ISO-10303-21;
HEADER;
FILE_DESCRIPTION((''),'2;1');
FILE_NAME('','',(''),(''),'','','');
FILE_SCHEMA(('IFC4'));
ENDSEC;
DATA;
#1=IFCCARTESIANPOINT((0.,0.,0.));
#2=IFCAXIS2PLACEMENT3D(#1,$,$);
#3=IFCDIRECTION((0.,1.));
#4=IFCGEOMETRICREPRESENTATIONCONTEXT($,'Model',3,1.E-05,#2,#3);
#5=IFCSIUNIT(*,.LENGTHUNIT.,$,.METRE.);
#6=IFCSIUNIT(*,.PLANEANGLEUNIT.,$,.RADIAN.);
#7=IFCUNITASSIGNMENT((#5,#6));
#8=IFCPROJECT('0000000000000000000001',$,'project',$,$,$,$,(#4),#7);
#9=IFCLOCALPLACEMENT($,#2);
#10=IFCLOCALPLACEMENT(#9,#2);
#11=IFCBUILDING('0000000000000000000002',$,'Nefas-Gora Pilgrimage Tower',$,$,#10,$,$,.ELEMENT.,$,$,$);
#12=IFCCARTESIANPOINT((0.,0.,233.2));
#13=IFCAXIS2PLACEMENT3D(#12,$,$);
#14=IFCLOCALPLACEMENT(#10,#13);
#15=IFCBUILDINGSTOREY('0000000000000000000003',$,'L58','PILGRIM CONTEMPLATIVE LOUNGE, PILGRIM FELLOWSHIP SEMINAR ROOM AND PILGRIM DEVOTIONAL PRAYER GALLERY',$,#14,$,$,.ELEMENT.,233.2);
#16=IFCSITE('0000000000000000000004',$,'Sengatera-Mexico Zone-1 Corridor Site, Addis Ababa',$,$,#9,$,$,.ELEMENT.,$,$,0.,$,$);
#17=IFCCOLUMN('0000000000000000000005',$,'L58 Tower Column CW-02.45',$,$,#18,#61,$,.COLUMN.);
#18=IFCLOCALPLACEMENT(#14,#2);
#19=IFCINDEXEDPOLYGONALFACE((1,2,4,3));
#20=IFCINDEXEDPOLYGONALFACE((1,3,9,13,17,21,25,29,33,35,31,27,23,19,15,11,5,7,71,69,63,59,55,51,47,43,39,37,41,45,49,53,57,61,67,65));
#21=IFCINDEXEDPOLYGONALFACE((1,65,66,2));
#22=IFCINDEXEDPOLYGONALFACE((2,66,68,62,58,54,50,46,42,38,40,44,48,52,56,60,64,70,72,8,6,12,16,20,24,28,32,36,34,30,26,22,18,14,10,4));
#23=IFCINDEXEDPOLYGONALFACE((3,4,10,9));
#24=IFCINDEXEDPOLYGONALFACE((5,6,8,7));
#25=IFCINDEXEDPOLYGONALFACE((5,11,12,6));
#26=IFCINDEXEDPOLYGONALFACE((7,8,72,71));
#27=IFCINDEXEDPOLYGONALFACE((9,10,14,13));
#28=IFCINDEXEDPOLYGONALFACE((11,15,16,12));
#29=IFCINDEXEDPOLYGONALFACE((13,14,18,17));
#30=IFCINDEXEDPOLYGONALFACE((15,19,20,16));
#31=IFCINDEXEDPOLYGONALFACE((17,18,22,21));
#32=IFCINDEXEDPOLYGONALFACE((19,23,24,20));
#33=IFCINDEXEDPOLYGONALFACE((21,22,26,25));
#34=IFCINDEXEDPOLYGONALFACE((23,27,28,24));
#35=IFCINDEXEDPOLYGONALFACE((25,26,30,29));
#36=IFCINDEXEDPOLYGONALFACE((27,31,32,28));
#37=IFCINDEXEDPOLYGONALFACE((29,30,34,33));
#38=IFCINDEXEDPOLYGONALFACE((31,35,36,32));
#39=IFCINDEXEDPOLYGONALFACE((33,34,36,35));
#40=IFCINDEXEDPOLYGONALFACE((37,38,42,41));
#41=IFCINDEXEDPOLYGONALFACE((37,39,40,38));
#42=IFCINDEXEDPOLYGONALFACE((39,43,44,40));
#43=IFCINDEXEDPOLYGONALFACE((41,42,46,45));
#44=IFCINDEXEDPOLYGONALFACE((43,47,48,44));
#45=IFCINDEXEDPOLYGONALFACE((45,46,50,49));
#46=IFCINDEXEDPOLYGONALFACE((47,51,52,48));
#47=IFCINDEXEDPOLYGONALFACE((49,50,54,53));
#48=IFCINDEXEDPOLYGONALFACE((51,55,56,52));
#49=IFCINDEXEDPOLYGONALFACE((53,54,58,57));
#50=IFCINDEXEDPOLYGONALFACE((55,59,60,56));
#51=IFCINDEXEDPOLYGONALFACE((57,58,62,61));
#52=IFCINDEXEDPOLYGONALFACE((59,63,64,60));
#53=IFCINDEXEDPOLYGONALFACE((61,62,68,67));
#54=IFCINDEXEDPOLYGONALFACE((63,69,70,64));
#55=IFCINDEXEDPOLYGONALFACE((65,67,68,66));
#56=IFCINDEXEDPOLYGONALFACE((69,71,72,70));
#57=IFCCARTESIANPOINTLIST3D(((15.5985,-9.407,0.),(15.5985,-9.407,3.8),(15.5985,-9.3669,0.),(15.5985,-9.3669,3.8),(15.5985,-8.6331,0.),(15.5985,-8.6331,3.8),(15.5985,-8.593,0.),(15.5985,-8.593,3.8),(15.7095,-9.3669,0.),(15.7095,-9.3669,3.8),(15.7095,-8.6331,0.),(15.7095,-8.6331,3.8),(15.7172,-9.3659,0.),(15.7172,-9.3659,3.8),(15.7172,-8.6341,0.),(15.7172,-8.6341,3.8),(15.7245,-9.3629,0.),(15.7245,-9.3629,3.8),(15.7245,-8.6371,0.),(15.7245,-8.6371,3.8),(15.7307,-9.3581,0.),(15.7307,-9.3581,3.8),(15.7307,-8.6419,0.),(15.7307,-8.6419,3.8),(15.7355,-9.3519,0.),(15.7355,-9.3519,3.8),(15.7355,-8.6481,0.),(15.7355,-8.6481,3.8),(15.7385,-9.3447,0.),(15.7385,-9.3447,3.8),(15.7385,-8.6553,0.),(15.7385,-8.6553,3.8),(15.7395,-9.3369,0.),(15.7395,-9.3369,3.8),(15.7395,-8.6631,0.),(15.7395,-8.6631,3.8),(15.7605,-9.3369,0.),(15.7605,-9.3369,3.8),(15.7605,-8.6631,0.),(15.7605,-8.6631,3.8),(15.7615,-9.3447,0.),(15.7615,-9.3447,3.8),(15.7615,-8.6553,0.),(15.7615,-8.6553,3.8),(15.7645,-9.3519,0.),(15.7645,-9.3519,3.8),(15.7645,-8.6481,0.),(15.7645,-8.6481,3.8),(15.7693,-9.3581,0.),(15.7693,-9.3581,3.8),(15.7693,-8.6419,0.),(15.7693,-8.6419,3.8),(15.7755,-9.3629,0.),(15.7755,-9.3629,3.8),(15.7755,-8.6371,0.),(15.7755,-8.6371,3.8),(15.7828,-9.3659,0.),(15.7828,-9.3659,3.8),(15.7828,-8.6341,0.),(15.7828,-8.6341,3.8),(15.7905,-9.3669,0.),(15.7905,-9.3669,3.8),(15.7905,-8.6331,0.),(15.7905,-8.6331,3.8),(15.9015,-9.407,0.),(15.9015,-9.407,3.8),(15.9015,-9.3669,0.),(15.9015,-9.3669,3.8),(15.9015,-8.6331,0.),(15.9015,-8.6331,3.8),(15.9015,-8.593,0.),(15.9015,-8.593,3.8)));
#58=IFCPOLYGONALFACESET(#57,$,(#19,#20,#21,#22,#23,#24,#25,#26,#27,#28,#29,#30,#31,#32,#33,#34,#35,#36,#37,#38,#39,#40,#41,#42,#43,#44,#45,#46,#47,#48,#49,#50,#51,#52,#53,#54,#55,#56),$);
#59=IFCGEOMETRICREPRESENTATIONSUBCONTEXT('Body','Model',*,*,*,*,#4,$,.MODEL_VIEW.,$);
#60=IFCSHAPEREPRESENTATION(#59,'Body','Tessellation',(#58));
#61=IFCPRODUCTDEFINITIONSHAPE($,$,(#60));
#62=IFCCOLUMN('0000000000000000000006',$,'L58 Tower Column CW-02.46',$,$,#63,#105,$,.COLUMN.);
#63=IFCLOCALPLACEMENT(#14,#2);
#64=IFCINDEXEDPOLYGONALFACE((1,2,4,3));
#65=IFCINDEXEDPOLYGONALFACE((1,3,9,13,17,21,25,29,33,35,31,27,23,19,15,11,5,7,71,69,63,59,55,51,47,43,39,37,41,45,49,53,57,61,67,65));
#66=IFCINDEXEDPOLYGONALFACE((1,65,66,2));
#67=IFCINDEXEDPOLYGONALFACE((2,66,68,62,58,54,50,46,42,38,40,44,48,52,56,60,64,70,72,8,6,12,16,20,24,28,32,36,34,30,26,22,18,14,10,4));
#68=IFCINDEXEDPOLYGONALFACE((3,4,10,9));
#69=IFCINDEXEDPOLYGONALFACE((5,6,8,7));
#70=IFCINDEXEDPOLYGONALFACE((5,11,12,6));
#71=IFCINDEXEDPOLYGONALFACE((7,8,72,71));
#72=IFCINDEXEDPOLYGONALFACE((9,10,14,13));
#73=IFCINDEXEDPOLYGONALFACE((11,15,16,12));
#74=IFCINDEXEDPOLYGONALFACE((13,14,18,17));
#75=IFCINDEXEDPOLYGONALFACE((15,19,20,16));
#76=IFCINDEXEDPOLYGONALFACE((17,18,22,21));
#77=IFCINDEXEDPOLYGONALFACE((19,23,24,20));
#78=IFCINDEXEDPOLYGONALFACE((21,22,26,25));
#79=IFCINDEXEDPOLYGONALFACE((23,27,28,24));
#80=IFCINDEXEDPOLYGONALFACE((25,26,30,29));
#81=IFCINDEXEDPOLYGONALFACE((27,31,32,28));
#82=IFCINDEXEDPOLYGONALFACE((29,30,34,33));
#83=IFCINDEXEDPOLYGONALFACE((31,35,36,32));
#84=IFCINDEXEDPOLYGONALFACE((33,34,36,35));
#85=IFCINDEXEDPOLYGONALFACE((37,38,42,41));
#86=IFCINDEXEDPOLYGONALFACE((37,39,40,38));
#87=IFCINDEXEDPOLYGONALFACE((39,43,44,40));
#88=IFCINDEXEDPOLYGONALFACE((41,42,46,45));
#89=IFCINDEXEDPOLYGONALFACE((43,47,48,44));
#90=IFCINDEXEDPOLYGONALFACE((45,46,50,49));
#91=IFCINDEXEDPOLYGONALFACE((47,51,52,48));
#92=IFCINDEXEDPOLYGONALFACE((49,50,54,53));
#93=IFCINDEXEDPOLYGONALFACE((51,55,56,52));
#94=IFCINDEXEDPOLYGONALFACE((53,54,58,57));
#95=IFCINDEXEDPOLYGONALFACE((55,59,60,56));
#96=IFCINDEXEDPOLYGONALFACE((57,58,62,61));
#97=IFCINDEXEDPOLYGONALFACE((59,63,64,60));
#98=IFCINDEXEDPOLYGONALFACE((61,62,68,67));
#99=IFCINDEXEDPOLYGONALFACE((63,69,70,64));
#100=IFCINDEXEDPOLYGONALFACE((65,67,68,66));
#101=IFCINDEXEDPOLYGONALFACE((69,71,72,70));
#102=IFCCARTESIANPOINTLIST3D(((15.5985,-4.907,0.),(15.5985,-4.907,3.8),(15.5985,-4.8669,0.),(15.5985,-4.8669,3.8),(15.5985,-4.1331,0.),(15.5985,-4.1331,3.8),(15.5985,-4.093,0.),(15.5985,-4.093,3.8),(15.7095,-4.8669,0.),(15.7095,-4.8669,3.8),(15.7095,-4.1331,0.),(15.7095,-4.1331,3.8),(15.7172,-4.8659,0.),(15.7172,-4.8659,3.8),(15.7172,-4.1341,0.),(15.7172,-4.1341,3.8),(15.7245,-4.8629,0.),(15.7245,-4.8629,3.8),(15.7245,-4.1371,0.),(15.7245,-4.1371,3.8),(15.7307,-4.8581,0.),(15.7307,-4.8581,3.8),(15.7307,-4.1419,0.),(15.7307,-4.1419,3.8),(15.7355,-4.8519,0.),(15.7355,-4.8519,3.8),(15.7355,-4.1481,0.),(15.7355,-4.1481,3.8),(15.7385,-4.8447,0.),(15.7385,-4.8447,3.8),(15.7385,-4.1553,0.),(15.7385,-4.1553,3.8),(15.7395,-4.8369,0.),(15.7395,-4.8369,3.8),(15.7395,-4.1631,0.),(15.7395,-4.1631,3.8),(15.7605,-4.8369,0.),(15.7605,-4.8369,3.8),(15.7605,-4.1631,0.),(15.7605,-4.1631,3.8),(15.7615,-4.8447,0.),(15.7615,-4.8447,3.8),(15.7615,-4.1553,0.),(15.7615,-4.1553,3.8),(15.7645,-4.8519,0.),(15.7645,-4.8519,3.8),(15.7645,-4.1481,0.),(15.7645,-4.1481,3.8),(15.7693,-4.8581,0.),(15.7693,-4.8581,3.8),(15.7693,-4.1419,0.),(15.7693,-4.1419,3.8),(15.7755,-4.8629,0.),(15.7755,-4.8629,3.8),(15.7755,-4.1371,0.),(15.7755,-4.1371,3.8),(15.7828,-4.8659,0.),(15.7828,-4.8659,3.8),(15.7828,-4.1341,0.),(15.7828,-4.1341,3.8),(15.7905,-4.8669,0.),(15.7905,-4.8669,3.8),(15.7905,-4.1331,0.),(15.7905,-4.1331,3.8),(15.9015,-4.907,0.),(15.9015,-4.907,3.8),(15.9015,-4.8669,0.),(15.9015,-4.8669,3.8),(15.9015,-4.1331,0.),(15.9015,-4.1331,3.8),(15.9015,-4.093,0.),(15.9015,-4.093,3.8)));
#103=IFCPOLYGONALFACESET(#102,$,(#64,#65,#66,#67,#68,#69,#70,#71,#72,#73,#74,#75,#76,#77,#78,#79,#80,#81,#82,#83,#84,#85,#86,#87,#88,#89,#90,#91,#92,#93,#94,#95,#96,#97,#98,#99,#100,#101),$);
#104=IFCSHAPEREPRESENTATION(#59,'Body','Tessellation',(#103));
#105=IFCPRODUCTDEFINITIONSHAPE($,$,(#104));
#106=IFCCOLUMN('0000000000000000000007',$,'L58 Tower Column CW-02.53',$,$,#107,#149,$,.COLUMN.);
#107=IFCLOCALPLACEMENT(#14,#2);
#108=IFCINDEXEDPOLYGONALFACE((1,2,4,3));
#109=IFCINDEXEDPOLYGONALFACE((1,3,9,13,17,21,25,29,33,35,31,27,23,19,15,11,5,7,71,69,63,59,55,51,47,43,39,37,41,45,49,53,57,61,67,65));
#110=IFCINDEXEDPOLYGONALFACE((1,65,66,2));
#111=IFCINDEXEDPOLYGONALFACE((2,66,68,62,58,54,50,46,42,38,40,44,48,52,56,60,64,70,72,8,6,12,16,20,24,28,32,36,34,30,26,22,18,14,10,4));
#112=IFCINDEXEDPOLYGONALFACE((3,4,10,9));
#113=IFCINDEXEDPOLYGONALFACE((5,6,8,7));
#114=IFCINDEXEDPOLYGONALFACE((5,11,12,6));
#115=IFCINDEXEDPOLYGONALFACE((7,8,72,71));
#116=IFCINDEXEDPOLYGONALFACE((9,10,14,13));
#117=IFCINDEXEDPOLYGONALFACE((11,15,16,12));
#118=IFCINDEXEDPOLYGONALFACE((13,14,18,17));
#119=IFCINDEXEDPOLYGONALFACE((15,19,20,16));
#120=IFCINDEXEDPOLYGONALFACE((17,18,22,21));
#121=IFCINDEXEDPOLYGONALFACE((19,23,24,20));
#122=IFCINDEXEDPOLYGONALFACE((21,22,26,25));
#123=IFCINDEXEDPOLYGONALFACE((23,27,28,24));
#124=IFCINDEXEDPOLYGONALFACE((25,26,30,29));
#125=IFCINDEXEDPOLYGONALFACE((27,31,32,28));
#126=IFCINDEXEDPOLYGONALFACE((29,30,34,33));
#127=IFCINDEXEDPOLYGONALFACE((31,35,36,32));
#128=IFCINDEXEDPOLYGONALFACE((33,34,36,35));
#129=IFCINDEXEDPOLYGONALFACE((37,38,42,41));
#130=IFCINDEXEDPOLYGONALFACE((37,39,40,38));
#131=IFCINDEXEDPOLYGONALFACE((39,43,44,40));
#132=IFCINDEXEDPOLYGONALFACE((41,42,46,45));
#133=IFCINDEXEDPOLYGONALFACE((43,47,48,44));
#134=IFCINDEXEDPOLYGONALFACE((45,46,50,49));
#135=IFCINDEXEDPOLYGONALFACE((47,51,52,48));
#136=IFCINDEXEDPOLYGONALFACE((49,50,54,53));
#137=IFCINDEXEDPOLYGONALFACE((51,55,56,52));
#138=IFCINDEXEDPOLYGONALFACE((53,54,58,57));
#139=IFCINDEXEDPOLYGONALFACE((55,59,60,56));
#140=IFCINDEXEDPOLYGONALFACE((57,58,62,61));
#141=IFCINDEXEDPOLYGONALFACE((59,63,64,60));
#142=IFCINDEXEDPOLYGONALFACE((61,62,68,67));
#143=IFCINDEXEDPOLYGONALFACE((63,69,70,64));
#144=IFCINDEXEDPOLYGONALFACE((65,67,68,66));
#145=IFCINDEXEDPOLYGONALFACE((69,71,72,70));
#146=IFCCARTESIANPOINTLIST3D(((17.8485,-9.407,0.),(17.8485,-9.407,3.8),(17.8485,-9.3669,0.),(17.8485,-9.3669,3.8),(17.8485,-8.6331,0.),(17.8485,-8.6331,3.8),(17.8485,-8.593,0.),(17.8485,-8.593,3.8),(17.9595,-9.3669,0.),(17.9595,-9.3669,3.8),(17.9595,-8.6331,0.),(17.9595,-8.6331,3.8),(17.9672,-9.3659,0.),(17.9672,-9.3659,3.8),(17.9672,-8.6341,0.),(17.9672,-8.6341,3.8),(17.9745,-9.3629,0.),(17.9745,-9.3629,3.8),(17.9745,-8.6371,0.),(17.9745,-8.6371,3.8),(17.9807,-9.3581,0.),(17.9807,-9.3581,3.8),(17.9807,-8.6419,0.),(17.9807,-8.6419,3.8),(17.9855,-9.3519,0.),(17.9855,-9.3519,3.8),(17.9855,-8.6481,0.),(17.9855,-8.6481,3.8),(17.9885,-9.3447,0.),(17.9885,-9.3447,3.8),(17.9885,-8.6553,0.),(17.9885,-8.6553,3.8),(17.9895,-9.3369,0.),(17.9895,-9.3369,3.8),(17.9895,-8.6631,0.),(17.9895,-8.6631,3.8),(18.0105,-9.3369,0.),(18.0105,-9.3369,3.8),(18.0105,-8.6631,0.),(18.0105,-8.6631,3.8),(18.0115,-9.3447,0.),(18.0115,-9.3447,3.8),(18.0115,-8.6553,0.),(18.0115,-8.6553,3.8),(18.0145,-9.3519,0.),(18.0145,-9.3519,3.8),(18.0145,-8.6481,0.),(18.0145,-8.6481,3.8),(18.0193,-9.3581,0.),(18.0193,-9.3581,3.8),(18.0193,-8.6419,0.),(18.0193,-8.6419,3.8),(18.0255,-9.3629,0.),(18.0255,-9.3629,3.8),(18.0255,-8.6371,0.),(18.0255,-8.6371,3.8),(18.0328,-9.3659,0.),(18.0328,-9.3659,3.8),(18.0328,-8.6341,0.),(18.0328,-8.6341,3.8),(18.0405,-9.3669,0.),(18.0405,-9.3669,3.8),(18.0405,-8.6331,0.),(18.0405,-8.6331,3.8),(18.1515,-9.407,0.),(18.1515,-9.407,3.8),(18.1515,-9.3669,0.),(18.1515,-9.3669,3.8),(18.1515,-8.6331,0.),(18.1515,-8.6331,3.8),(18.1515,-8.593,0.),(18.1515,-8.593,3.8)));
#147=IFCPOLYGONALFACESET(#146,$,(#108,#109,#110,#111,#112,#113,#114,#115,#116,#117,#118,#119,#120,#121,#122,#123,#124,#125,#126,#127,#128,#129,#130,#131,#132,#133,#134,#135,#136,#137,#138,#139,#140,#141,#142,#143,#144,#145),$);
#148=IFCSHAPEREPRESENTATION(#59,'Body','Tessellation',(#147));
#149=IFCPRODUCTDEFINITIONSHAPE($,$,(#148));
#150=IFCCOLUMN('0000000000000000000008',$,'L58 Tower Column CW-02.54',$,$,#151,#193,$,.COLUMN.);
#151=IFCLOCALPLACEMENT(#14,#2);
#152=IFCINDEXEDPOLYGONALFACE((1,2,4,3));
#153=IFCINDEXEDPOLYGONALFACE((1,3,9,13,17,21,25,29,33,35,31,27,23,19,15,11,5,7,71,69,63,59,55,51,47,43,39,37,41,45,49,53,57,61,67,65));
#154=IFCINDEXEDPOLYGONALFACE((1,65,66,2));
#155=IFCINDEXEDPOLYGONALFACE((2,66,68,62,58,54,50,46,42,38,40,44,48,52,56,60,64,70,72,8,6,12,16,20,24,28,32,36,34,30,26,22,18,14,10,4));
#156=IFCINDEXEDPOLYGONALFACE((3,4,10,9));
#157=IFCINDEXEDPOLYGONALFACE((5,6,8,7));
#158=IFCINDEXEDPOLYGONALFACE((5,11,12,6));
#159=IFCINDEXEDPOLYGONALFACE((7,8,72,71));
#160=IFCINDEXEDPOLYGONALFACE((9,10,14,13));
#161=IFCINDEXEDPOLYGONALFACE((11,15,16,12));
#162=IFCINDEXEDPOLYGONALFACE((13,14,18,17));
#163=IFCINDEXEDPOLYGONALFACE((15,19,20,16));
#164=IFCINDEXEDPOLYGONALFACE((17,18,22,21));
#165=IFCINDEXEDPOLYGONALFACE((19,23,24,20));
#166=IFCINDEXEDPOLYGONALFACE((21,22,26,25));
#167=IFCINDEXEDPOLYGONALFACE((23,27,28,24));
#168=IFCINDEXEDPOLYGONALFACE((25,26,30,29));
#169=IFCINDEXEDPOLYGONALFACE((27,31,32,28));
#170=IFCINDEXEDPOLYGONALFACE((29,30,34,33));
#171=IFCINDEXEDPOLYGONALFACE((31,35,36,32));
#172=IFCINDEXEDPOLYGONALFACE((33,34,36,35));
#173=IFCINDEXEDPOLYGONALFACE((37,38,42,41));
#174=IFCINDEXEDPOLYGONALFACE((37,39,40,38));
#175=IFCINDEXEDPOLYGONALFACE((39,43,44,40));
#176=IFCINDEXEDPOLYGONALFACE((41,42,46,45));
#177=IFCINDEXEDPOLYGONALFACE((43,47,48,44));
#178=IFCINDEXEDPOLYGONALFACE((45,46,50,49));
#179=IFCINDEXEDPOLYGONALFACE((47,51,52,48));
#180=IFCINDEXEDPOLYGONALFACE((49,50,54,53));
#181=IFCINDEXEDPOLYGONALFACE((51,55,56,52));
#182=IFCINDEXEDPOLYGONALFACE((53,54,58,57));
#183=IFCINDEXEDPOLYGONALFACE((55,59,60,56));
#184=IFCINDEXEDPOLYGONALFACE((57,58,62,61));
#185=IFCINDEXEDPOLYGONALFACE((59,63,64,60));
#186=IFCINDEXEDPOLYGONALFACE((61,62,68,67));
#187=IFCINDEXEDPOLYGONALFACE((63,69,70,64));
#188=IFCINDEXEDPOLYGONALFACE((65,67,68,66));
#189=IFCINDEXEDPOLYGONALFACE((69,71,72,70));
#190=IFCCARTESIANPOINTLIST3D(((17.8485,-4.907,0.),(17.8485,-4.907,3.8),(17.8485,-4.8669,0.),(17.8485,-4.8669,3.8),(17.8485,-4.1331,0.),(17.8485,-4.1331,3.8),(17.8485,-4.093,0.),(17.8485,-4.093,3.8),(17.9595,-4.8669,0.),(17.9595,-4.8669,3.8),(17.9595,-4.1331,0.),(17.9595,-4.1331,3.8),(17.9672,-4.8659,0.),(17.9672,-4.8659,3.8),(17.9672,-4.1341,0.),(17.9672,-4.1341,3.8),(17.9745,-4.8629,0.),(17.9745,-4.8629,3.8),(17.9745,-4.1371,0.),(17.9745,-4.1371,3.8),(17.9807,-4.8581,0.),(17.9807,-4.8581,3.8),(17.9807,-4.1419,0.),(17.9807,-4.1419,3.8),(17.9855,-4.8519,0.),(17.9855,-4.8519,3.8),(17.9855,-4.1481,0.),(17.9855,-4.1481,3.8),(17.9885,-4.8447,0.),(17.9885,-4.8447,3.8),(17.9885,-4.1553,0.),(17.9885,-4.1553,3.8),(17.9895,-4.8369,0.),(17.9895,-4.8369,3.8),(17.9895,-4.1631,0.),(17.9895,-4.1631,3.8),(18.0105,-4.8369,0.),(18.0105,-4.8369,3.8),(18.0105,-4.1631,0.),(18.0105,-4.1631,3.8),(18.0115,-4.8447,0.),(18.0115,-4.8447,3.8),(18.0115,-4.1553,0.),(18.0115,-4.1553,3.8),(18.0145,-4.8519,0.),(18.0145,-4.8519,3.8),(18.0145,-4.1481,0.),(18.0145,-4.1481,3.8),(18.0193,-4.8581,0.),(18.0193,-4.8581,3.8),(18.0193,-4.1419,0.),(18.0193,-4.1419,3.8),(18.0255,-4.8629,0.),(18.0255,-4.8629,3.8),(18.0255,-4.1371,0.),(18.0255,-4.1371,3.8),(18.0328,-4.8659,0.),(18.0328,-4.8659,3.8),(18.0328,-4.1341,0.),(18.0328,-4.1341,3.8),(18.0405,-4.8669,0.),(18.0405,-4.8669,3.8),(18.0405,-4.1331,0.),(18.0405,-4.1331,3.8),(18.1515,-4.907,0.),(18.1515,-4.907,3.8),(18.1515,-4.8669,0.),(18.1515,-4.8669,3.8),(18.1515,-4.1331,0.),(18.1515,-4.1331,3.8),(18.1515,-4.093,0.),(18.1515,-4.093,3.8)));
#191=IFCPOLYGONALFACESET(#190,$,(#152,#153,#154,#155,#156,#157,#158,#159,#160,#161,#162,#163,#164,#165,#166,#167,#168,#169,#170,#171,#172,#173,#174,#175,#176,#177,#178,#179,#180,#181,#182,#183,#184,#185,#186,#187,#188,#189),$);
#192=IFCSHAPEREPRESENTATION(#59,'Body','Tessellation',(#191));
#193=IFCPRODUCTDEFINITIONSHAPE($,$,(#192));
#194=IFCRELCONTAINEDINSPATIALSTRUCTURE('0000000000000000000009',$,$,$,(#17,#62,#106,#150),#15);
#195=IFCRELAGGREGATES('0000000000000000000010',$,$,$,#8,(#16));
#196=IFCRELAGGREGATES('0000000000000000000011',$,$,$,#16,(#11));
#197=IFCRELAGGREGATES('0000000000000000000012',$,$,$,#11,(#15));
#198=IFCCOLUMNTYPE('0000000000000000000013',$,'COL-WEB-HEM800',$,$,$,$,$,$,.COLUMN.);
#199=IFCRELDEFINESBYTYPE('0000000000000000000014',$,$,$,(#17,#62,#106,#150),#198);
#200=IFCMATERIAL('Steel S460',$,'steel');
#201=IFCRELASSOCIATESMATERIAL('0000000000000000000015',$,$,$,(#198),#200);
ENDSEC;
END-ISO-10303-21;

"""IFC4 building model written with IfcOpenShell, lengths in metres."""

from ifc_helpers import new_model, si_unit, direction, frame, origin, origin_2d, place, context, subcontext, project, spatial, i_section, extrude, source, transform, mapped, material, material_profile, profile_set, type_object, element, save


model = new_model("IFC4")

# Units and contexts
model_context = context("Model", 3, precision=1e-05, world=origin(), true_north=direction((0.0, 1.0)))
body_context = subcontext(model_context, "Body", "Model", "MODEL_VIEW")
ifc_project = project(units=[si_unit("LENGTHUNIT", "METRE"), si_unit("PLANEANGLEUNIT", "RADIAN")], contexts=[model_context])

# Site, building, storey
site_placement = place(None, origin())
site = spatial("IfcSite", under=ifc_project, at=site_placement, Name="Sengatera-Mexico Zone-1 Corridor Site, Addis Ababa", CompositionType="ELEMENT", RefElevation=0.0)
building_placement = place(site_placement, origin())
building = spatial("IfcBuilding", under=site, at=building_placement, Name="Nefas-Gora Pilgrimage Tower", CompositionType="ELEMENT")
storey_placement = place(building_placement, frame((0.0, 0.0, 233.2)))
storey = spatial("IfcBuildingStorey", under=building, at=storey_placement, Name="L58", Description="PILGRIM CONTEMPLATIVE LOUNGE, PILGRIM FELLOWSHIP SEMINAR ROOM AND PILGRIM DEVOTIONAL PRAYER GALLERY", CompositionType="ELEMENT", Elevation=233.2)

# Columns
ifc_material_1 = material(Name="Steel S460", Category="steel")
ifc_material_profile_1 = material_profile(ifc_material_1, i_section(OverallWidth=0.303, OverallDepth=0.814, WebThickness=0.021, FlangeThickness=0.04, FilletRadius=0.03, at=origin_2d()), Name="HEM 800")
ifc_profile_set_1 = profile_set([ifc_material_profile_1], Name="Steel S460")
column_type_1 = type_object("IfcColumnType", Name="COL-WEB-HEM800", PredefinedType="COLUMN", material=ifc_profile_set_1)
shared_shape_1 = source(origin(), body_context, "Body", "SweptSolid", [
    extrude(i_section(OverallWidth=0.303, OverallDepth=0.814, WebThickness=0.021, FlangeThickness=0.04, FilletRadius=0.03, at=origin_2d()), origin(), (0.0, 0.0, 1.0), 3.8),
])
for number, where, z_axis, x_axis, name in (
    (1, (15.75, -9.0, 0.0), (0.0, 0.0, 1.0), (1.0, 0.0, 0.0), "L58 Tower Column CW-02.45"),
    (2, (15.75, -4.5, 0.0), (0.0, 0.0, 1.0), (1.0, 0.0, 0.0), "L58 Tower Column CW-02.46"),
    (3, (18.0, -9.0, 0.0), (0.0, 0.0, 1.0), (1.0, 0.0, 0.0), "L58 Tower Column CW-02.53"),
    (4, (18.0, -4.5, 0.0), (0.0, 0.0, 1.0), (1.0, 0.0, 0.0), "L58 Tower Column CW-02.54"),
):
    element("IfcColumn", number, at=place(storey_placement, frame(where, z_axis=z_axis, x_axis=x_axis)), inside=storey, type_object=column_type_1, Name=name, PredefinedType="COLUMN", context=body_context, shape_type="MappedRepresentation", body=[
        mapped(shared_shape_1, transform((0.0, 0.0, 0.0), x_axis=(1.0, 0.0, 0.0), y_axis=(0.0, 1.0, 0.0), z_axis=(0.0, 0.0, 1.0), scale=1.0)),
    ])

save(model, "model.ifc")
